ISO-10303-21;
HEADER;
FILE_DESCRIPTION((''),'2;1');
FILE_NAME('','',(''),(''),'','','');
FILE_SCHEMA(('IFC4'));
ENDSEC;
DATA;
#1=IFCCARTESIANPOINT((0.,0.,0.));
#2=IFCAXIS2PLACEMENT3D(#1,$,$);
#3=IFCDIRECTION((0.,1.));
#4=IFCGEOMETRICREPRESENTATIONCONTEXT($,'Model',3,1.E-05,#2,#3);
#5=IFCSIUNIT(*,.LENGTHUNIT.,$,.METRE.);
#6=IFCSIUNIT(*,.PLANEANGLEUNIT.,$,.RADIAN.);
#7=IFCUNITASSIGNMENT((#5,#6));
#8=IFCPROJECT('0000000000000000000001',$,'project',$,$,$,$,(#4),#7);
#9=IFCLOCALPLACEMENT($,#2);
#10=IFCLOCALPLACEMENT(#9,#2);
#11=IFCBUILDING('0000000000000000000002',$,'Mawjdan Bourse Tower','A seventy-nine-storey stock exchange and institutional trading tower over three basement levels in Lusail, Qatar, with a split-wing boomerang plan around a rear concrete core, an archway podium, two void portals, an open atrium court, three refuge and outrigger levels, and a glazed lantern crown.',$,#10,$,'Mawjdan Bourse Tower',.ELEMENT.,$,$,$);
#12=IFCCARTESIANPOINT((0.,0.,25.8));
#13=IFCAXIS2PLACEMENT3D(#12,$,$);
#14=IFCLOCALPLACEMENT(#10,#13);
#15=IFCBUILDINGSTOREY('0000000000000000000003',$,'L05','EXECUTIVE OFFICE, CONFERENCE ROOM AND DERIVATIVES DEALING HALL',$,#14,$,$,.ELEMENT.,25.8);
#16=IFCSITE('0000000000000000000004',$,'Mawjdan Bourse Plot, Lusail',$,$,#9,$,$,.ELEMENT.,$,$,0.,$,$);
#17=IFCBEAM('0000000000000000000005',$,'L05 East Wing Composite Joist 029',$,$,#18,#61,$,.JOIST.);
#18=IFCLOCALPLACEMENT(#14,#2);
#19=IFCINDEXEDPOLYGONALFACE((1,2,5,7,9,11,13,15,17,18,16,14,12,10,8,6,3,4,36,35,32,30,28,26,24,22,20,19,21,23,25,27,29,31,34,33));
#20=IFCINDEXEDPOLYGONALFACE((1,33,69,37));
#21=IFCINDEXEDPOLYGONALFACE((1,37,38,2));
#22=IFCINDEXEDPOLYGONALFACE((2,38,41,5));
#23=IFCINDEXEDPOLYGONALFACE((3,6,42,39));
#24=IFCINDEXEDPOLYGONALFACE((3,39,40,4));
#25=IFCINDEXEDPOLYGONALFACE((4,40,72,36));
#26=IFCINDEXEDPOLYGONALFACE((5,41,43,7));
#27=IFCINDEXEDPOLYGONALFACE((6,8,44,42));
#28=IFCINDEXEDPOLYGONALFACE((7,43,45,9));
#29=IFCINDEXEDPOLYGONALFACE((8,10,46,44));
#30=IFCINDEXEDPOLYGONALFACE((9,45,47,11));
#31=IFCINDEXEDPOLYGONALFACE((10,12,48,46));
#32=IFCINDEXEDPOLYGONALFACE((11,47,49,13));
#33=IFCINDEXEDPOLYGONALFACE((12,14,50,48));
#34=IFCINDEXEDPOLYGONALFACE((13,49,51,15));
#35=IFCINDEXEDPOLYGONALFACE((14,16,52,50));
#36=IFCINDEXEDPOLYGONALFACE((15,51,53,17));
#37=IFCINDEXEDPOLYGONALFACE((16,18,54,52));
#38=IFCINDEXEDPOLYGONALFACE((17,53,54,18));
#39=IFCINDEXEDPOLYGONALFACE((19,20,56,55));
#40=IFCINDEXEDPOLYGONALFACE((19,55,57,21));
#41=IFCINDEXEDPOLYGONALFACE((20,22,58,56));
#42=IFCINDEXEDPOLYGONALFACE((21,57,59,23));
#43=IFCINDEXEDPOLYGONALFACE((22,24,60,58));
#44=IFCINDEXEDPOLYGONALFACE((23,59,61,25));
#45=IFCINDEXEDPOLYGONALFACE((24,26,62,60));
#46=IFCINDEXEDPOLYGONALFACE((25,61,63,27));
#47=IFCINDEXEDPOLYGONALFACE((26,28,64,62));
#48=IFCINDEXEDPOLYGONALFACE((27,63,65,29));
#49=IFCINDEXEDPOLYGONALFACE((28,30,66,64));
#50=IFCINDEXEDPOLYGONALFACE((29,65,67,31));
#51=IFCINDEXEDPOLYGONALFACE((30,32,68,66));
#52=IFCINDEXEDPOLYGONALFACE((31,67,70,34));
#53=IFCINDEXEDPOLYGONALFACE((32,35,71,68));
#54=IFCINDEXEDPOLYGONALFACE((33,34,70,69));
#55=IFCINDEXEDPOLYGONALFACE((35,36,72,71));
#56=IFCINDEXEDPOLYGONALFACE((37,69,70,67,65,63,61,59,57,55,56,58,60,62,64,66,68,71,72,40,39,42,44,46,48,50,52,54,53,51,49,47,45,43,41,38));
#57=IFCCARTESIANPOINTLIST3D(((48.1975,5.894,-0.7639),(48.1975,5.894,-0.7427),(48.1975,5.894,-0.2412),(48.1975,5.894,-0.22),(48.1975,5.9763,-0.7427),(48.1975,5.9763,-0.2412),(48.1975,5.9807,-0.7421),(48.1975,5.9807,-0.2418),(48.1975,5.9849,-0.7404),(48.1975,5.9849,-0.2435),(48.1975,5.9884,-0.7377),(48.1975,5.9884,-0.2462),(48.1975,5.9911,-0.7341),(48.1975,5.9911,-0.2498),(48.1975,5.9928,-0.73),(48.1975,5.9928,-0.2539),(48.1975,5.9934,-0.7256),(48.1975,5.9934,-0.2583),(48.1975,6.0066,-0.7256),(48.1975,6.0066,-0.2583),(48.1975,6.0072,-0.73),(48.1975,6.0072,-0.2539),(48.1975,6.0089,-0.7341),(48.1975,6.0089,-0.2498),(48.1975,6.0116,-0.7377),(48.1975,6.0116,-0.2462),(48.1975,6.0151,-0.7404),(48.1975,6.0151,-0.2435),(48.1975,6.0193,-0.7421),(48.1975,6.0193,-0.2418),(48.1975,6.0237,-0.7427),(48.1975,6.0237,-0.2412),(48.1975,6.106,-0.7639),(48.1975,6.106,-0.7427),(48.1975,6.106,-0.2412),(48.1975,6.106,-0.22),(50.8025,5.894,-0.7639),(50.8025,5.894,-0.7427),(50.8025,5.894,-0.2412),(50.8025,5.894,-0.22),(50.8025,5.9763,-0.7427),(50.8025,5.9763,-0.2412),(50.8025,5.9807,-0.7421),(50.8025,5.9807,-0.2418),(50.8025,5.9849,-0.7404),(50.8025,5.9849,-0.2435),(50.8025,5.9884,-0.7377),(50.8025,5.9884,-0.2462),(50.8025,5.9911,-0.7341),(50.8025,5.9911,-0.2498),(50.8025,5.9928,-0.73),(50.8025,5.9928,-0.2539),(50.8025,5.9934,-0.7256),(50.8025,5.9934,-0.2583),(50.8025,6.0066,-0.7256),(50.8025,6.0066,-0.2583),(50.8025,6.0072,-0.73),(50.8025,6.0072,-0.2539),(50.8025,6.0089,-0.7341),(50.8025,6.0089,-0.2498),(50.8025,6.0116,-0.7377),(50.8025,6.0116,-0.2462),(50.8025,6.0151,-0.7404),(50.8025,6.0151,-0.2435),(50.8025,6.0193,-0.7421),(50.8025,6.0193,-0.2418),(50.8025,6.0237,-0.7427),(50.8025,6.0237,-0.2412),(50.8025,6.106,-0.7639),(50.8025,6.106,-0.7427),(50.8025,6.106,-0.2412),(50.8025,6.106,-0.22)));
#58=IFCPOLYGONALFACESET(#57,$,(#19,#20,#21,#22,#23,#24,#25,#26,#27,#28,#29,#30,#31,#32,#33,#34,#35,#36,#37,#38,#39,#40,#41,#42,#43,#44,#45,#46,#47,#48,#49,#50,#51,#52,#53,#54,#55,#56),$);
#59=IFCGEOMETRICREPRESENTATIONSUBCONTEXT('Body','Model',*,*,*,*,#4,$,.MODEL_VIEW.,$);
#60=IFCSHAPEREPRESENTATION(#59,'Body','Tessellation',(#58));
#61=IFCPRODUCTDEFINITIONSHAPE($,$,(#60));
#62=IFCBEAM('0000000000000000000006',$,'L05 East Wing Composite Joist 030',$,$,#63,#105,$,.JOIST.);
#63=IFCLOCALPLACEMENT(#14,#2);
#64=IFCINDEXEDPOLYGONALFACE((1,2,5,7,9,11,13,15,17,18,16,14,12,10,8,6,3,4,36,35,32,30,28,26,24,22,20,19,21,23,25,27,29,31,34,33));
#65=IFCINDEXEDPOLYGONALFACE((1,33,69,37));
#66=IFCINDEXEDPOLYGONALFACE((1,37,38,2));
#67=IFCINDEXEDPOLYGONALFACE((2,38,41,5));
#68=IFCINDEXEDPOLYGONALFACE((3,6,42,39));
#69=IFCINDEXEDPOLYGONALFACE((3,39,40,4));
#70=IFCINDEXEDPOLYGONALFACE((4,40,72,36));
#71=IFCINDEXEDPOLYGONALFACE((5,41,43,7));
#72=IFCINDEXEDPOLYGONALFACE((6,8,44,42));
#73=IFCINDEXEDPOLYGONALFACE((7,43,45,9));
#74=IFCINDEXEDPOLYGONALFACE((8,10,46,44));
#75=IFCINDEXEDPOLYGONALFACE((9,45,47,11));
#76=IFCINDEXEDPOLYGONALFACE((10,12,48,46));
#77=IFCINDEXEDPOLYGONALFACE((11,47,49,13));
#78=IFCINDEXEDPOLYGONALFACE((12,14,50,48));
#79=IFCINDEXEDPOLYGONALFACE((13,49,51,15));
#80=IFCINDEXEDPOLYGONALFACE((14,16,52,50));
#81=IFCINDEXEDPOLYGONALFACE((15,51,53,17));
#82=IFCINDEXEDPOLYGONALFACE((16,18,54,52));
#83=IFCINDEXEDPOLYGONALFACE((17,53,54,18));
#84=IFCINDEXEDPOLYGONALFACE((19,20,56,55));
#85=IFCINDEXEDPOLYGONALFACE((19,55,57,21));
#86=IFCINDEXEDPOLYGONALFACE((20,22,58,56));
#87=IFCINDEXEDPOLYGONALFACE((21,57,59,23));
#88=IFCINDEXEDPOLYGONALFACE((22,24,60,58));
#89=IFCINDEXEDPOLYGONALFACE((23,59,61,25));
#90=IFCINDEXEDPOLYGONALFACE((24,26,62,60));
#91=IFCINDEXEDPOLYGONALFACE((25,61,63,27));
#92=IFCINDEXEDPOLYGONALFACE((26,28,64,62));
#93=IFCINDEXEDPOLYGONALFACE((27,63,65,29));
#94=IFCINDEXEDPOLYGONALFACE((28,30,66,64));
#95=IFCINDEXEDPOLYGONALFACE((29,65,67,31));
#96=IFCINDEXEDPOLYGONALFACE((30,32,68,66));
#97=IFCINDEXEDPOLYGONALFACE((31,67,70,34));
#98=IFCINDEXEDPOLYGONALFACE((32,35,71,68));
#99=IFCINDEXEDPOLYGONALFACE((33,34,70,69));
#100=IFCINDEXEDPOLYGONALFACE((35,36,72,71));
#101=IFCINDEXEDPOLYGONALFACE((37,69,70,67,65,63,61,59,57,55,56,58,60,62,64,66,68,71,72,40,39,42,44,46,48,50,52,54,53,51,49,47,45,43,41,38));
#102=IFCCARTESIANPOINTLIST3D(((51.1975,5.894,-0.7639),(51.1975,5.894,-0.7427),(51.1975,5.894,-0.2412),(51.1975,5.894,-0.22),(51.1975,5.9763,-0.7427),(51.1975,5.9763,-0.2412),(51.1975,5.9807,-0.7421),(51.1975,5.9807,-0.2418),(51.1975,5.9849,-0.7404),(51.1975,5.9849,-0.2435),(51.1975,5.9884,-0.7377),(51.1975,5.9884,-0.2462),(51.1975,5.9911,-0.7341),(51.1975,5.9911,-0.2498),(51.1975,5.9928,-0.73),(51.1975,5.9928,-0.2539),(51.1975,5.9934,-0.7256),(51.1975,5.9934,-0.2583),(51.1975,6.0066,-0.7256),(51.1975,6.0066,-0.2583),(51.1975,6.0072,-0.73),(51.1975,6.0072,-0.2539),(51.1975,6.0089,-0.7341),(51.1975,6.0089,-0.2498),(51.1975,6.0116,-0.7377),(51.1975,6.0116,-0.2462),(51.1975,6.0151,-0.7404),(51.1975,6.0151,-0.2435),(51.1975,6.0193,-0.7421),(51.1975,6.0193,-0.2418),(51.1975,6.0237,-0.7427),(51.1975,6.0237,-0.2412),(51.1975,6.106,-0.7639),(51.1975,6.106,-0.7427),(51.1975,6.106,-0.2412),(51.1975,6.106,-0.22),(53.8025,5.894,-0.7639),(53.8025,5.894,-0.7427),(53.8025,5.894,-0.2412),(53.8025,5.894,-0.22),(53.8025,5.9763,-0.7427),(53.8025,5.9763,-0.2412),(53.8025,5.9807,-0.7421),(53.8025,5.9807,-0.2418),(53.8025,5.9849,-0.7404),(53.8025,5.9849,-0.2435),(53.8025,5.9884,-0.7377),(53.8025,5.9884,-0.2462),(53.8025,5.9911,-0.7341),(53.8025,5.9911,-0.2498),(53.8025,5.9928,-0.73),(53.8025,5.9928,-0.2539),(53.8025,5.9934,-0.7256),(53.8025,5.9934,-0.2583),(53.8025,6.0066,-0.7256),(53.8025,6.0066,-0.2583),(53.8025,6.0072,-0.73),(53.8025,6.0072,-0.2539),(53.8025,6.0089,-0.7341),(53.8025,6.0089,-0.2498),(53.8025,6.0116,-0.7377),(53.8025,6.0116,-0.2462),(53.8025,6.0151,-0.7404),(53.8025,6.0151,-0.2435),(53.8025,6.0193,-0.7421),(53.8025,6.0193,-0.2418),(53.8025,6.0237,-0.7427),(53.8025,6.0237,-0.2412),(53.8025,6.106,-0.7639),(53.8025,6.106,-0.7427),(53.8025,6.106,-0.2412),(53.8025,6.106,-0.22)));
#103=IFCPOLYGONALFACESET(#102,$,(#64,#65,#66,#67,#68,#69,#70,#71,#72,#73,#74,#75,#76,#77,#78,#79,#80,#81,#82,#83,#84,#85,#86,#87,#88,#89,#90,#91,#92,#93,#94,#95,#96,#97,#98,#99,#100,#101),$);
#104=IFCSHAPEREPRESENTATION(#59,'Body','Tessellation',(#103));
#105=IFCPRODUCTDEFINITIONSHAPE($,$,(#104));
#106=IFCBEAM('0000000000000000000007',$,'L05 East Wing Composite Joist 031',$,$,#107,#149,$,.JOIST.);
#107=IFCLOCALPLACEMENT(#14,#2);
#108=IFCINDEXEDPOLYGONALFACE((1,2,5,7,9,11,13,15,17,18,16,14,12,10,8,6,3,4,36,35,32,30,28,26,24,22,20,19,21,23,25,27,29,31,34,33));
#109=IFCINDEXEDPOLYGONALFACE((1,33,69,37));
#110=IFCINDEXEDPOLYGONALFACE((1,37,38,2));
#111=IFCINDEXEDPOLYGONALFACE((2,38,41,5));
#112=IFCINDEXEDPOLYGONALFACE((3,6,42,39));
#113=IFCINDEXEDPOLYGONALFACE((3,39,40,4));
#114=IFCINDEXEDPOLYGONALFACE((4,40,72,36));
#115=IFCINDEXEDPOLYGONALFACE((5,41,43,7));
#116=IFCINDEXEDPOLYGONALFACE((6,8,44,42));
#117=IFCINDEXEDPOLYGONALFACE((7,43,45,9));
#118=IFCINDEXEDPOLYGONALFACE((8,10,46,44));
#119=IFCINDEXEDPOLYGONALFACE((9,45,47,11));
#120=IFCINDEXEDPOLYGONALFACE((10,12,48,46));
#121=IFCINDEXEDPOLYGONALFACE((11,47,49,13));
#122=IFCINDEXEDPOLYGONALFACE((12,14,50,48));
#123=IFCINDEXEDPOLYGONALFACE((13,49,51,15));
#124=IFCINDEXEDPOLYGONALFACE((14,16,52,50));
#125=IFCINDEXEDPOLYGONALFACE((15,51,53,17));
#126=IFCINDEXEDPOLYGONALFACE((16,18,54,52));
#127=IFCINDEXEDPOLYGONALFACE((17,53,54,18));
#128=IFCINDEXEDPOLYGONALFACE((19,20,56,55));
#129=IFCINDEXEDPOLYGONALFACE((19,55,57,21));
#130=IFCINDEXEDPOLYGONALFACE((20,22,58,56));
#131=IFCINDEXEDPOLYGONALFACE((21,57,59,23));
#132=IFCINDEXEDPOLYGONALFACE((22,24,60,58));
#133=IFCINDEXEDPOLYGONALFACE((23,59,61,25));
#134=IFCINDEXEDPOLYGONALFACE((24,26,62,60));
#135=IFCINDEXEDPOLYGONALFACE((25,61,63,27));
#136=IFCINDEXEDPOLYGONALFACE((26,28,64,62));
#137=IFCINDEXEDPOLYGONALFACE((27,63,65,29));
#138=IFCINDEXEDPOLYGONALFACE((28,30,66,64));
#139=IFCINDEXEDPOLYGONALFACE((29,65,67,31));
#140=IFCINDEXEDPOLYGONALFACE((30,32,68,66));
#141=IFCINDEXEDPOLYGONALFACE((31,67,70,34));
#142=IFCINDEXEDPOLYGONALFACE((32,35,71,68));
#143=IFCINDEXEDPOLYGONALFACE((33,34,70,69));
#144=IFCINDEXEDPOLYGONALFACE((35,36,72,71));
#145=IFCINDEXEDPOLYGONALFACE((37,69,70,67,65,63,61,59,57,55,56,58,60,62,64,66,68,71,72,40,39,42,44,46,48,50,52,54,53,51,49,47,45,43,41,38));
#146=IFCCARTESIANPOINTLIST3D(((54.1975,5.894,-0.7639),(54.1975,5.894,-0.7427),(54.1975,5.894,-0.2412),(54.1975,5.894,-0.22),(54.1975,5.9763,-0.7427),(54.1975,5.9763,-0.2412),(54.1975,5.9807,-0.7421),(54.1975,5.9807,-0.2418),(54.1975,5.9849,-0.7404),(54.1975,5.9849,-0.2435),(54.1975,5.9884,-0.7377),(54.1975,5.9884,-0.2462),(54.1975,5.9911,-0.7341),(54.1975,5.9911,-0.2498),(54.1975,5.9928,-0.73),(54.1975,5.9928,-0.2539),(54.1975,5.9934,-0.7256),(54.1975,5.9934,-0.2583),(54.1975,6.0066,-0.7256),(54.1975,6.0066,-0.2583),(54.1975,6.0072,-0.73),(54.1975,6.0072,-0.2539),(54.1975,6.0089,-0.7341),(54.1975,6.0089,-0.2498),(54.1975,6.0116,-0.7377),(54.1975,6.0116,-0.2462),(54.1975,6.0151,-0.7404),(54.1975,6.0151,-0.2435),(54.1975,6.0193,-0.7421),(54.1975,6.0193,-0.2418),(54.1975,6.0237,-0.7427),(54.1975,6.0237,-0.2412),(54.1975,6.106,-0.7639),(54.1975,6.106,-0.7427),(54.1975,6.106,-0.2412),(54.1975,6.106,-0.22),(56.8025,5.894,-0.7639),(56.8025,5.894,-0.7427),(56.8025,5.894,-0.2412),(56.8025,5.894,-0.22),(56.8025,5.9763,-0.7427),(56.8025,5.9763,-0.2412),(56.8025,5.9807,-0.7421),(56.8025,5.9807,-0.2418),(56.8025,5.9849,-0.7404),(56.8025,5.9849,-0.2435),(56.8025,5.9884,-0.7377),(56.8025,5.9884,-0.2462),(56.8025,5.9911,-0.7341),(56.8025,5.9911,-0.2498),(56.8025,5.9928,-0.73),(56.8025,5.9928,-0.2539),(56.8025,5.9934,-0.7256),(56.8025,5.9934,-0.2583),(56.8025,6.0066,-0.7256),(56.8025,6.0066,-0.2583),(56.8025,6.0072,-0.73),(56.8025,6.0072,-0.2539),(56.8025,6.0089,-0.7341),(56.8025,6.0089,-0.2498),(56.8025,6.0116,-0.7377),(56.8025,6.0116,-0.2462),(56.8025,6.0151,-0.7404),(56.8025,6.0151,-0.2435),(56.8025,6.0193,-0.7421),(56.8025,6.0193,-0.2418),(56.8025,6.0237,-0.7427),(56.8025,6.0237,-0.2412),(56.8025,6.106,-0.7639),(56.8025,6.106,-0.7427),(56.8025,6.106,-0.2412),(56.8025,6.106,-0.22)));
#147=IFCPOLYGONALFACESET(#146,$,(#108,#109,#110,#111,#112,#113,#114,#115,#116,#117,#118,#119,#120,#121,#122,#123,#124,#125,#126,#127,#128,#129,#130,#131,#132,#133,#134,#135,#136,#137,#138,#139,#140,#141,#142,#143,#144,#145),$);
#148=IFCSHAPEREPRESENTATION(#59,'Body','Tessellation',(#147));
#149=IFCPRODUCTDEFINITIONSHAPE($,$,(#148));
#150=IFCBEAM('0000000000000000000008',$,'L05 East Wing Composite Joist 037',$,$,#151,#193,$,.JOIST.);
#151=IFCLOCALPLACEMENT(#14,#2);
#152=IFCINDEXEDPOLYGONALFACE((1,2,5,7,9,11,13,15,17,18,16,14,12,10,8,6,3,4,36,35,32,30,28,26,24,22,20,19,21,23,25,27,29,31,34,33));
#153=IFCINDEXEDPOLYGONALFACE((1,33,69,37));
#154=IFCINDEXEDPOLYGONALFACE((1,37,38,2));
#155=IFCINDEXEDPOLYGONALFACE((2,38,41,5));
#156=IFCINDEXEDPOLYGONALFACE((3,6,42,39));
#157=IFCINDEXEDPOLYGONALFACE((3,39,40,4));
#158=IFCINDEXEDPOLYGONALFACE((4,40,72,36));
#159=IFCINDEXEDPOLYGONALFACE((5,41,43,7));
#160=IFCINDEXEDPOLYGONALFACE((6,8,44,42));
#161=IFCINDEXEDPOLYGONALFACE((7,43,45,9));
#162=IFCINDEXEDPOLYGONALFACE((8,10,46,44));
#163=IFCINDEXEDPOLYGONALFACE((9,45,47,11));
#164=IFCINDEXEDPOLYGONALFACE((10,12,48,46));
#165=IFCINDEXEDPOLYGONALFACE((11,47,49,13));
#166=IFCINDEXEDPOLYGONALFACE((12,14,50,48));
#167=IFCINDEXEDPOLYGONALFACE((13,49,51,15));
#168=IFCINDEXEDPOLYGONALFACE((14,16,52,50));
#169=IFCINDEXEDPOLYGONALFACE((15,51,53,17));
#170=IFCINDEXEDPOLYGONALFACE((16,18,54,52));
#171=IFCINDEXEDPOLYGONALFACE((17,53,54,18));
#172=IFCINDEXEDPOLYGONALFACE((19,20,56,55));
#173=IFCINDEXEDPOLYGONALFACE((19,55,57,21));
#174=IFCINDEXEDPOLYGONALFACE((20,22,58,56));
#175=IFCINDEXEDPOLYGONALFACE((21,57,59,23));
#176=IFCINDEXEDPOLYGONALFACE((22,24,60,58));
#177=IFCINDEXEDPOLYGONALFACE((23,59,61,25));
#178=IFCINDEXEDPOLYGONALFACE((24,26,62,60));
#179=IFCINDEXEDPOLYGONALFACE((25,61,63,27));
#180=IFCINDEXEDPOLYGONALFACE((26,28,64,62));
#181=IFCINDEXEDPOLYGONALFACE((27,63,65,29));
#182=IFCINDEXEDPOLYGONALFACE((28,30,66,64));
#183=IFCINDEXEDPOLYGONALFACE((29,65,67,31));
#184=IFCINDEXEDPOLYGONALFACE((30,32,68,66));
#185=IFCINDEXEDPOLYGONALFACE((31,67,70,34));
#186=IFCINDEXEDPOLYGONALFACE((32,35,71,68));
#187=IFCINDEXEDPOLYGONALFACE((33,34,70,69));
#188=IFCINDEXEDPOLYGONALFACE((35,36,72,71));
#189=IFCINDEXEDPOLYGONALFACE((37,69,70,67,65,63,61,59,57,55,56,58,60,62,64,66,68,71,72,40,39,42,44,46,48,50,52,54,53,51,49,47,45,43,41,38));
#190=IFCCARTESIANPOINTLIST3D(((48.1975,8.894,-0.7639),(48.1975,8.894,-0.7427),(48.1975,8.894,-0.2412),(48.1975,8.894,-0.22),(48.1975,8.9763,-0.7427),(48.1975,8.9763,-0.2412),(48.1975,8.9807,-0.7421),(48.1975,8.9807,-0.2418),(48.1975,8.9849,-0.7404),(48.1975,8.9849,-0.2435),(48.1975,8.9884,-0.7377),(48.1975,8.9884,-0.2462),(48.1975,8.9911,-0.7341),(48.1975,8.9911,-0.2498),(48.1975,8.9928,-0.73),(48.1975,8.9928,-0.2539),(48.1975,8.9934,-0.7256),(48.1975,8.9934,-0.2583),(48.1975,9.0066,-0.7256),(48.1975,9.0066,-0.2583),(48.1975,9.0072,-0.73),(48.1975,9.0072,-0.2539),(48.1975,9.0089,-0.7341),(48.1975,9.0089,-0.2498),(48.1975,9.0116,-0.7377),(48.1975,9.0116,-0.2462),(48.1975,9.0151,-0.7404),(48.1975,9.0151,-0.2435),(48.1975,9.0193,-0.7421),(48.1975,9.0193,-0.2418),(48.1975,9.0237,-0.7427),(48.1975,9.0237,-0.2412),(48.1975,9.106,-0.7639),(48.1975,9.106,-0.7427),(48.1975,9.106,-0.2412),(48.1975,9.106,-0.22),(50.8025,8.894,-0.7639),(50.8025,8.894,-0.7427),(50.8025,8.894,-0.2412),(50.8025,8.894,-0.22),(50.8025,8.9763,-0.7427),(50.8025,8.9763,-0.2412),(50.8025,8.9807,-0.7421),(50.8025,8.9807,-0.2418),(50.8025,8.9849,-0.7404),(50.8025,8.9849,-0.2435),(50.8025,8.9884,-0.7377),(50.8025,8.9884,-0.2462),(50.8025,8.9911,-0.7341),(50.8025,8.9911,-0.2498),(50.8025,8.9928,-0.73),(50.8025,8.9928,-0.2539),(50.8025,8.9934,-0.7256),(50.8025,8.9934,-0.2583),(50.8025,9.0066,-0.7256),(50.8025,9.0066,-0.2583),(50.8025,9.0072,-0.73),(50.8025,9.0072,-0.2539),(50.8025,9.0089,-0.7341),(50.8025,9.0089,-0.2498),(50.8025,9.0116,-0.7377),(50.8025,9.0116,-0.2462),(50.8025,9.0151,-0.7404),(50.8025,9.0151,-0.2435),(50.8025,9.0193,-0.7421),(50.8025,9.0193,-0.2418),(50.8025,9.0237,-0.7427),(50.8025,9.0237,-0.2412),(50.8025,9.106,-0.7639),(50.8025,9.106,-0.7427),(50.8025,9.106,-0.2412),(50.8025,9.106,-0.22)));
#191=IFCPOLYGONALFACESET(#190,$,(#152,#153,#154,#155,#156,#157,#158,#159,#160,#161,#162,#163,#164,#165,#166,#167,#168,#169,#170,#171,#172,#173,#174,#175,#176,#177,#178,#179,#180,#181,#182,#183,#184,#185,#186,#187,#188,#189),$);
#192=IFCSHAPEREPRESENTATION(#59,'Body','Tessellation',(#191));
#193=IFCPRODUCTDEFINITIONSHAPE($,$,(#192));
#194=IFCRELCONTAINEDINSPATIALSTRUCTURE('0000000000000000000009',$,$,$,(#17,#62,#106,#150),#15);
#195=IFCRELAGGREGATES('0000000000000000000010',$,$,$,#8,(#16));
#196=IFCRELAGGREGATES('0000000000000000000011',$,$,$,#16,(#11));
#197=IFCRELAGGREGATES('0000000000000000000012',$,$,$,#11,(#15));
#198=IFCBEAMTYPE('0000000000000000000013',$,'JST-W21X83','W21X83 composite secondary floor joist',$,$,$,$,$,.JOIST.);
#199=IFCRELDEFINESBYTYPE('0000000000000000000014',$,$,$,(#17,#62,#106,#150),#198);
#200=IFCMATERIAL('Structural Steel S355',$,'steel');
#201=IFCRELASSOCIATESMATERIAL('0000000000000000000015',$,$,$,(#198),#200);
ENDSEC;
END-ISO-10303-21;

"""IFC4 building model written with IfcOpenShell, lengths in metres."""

from ifc_helpers import new_model, si_unit, direction, frame, origin, origin_2d, place, context, subcontext, project, spatial, i_section, extrude, material, material_profile, profile_set, type_object, element, save


model = new_model("IFC4")

# Units and contexts
model_context = context("Model", 3, precision=1e-05, world=origin(), true_north=direction((0.0, 1.0)))
body_context = subcontext(model_context, "Body", "Model", "MODEL_VIEW")
ifc_project = project(units=[si_unit("LENGTHUNIT", "METRE"), si_unit("PLANEANGLEUNIT", "RADIAN")], contexts=[model_context])

# Site, building, storey
site_placement = place(None, origin())
site = spatial("IfcSite", under=ifc_project, at=site_placement, Name="Mawjdan Bourse Plot, Lusail", CompositionType="ELEMENT", RefElevation=0.0)
building_placement = place(site_placement, origin())
building = spatial("IfcBuilding", under=site, at=building_placement, Name="Mawjdan Bourse Tower", Description="A seventy-nine-storey stock exchange and institutional trading tower over three basement levels in Lusail, Qatar, with a split-wing boomerang plan around a rear concrete core, an archway podium, two void portals, an open atrium court, three refuge and outrigger levels, and a glazed lantern crown.", LongName="Mawjdan Bourse Tower", CompositionType="ELEMENT")
storey_placement = place(building_placement, frame((0.0, 0.0, 25.8)))
storey = spatial("IfcBuildingStorey", under=building, at=storey_placement, Name="L05", Description="EXECUTIVE OFFICE, CONFERENCE ROOM AND DERIVATIVES DEALING HALL", CompositionType="ELEMENT", Elevation=25.8)

# Beams
ifc_material_1 = material(Name="Structural Steel S355", Category="steel")
ifc_material_profile_1 = material_profile(ifc_material_1, i_section(OverallWidth=0.2119, OverallDepth=0.5439, WebThickness=0.0132, FlangeThickness=0.0212, FilletRadius=0.0171, at=origin_2d()), Name="W21X83")
ifc_profile_set_1 = profile_set([ifc_material_profile_1], Name="Structural Steel S355")
beam_type_1 = type_object("IfcBeamType", Name="JST-W21X83", Description="W21X83 composite secondary floor joist", PredefinedType="JOIST", material=ifc_profile_set_1)
for number, where, z_axis, x_axis, name in (
    (1, (48.1975, 6.0, -0.4919), (1.0, 0.0, 0.0), (0.0, 1.0, 0.0), "L05 East Wing Composite Joist 029"),
    (2, (51.1975, 6.0, -0.4919), (1.0, 0.0, 0.0), (0.0, 1.0, 0.0), "L05 East Wing Composite Joist 030"),
    (3, (54.1975, 6.0, -0.4919), (1.0, 0.0, 0.0), (0.0, 1.0, 0.0), "L05 East Wing Composite Joist 031"),
    (4, (48.1975, 9.0, -0.4919), (1.0, 0.0, 0.0), (0.0, 1.0, 0.0), "L05 East Wing Composite Joist 037"),
):
    element("IfcBeam", number, at=place(storey_placement, frame(where, z_axis=z_axis, x_axis=x_axis)), inside=storey, type_object=beam_type_1, Name=name, PredefinedType="JOIST", context=body_context, shape_type="SweptSolid", body=[
        extrude(i_section(OverallWidth=0.2119, OverallDepth=0.5439, WebThickness=0.0132, FlangeThickness=0.0212, FilletRadius=0.0171, at=origin_2d()), origin(), (0.0, 0.0, 1.0), 2.605),
    ])

save(model, "model.ifc")
